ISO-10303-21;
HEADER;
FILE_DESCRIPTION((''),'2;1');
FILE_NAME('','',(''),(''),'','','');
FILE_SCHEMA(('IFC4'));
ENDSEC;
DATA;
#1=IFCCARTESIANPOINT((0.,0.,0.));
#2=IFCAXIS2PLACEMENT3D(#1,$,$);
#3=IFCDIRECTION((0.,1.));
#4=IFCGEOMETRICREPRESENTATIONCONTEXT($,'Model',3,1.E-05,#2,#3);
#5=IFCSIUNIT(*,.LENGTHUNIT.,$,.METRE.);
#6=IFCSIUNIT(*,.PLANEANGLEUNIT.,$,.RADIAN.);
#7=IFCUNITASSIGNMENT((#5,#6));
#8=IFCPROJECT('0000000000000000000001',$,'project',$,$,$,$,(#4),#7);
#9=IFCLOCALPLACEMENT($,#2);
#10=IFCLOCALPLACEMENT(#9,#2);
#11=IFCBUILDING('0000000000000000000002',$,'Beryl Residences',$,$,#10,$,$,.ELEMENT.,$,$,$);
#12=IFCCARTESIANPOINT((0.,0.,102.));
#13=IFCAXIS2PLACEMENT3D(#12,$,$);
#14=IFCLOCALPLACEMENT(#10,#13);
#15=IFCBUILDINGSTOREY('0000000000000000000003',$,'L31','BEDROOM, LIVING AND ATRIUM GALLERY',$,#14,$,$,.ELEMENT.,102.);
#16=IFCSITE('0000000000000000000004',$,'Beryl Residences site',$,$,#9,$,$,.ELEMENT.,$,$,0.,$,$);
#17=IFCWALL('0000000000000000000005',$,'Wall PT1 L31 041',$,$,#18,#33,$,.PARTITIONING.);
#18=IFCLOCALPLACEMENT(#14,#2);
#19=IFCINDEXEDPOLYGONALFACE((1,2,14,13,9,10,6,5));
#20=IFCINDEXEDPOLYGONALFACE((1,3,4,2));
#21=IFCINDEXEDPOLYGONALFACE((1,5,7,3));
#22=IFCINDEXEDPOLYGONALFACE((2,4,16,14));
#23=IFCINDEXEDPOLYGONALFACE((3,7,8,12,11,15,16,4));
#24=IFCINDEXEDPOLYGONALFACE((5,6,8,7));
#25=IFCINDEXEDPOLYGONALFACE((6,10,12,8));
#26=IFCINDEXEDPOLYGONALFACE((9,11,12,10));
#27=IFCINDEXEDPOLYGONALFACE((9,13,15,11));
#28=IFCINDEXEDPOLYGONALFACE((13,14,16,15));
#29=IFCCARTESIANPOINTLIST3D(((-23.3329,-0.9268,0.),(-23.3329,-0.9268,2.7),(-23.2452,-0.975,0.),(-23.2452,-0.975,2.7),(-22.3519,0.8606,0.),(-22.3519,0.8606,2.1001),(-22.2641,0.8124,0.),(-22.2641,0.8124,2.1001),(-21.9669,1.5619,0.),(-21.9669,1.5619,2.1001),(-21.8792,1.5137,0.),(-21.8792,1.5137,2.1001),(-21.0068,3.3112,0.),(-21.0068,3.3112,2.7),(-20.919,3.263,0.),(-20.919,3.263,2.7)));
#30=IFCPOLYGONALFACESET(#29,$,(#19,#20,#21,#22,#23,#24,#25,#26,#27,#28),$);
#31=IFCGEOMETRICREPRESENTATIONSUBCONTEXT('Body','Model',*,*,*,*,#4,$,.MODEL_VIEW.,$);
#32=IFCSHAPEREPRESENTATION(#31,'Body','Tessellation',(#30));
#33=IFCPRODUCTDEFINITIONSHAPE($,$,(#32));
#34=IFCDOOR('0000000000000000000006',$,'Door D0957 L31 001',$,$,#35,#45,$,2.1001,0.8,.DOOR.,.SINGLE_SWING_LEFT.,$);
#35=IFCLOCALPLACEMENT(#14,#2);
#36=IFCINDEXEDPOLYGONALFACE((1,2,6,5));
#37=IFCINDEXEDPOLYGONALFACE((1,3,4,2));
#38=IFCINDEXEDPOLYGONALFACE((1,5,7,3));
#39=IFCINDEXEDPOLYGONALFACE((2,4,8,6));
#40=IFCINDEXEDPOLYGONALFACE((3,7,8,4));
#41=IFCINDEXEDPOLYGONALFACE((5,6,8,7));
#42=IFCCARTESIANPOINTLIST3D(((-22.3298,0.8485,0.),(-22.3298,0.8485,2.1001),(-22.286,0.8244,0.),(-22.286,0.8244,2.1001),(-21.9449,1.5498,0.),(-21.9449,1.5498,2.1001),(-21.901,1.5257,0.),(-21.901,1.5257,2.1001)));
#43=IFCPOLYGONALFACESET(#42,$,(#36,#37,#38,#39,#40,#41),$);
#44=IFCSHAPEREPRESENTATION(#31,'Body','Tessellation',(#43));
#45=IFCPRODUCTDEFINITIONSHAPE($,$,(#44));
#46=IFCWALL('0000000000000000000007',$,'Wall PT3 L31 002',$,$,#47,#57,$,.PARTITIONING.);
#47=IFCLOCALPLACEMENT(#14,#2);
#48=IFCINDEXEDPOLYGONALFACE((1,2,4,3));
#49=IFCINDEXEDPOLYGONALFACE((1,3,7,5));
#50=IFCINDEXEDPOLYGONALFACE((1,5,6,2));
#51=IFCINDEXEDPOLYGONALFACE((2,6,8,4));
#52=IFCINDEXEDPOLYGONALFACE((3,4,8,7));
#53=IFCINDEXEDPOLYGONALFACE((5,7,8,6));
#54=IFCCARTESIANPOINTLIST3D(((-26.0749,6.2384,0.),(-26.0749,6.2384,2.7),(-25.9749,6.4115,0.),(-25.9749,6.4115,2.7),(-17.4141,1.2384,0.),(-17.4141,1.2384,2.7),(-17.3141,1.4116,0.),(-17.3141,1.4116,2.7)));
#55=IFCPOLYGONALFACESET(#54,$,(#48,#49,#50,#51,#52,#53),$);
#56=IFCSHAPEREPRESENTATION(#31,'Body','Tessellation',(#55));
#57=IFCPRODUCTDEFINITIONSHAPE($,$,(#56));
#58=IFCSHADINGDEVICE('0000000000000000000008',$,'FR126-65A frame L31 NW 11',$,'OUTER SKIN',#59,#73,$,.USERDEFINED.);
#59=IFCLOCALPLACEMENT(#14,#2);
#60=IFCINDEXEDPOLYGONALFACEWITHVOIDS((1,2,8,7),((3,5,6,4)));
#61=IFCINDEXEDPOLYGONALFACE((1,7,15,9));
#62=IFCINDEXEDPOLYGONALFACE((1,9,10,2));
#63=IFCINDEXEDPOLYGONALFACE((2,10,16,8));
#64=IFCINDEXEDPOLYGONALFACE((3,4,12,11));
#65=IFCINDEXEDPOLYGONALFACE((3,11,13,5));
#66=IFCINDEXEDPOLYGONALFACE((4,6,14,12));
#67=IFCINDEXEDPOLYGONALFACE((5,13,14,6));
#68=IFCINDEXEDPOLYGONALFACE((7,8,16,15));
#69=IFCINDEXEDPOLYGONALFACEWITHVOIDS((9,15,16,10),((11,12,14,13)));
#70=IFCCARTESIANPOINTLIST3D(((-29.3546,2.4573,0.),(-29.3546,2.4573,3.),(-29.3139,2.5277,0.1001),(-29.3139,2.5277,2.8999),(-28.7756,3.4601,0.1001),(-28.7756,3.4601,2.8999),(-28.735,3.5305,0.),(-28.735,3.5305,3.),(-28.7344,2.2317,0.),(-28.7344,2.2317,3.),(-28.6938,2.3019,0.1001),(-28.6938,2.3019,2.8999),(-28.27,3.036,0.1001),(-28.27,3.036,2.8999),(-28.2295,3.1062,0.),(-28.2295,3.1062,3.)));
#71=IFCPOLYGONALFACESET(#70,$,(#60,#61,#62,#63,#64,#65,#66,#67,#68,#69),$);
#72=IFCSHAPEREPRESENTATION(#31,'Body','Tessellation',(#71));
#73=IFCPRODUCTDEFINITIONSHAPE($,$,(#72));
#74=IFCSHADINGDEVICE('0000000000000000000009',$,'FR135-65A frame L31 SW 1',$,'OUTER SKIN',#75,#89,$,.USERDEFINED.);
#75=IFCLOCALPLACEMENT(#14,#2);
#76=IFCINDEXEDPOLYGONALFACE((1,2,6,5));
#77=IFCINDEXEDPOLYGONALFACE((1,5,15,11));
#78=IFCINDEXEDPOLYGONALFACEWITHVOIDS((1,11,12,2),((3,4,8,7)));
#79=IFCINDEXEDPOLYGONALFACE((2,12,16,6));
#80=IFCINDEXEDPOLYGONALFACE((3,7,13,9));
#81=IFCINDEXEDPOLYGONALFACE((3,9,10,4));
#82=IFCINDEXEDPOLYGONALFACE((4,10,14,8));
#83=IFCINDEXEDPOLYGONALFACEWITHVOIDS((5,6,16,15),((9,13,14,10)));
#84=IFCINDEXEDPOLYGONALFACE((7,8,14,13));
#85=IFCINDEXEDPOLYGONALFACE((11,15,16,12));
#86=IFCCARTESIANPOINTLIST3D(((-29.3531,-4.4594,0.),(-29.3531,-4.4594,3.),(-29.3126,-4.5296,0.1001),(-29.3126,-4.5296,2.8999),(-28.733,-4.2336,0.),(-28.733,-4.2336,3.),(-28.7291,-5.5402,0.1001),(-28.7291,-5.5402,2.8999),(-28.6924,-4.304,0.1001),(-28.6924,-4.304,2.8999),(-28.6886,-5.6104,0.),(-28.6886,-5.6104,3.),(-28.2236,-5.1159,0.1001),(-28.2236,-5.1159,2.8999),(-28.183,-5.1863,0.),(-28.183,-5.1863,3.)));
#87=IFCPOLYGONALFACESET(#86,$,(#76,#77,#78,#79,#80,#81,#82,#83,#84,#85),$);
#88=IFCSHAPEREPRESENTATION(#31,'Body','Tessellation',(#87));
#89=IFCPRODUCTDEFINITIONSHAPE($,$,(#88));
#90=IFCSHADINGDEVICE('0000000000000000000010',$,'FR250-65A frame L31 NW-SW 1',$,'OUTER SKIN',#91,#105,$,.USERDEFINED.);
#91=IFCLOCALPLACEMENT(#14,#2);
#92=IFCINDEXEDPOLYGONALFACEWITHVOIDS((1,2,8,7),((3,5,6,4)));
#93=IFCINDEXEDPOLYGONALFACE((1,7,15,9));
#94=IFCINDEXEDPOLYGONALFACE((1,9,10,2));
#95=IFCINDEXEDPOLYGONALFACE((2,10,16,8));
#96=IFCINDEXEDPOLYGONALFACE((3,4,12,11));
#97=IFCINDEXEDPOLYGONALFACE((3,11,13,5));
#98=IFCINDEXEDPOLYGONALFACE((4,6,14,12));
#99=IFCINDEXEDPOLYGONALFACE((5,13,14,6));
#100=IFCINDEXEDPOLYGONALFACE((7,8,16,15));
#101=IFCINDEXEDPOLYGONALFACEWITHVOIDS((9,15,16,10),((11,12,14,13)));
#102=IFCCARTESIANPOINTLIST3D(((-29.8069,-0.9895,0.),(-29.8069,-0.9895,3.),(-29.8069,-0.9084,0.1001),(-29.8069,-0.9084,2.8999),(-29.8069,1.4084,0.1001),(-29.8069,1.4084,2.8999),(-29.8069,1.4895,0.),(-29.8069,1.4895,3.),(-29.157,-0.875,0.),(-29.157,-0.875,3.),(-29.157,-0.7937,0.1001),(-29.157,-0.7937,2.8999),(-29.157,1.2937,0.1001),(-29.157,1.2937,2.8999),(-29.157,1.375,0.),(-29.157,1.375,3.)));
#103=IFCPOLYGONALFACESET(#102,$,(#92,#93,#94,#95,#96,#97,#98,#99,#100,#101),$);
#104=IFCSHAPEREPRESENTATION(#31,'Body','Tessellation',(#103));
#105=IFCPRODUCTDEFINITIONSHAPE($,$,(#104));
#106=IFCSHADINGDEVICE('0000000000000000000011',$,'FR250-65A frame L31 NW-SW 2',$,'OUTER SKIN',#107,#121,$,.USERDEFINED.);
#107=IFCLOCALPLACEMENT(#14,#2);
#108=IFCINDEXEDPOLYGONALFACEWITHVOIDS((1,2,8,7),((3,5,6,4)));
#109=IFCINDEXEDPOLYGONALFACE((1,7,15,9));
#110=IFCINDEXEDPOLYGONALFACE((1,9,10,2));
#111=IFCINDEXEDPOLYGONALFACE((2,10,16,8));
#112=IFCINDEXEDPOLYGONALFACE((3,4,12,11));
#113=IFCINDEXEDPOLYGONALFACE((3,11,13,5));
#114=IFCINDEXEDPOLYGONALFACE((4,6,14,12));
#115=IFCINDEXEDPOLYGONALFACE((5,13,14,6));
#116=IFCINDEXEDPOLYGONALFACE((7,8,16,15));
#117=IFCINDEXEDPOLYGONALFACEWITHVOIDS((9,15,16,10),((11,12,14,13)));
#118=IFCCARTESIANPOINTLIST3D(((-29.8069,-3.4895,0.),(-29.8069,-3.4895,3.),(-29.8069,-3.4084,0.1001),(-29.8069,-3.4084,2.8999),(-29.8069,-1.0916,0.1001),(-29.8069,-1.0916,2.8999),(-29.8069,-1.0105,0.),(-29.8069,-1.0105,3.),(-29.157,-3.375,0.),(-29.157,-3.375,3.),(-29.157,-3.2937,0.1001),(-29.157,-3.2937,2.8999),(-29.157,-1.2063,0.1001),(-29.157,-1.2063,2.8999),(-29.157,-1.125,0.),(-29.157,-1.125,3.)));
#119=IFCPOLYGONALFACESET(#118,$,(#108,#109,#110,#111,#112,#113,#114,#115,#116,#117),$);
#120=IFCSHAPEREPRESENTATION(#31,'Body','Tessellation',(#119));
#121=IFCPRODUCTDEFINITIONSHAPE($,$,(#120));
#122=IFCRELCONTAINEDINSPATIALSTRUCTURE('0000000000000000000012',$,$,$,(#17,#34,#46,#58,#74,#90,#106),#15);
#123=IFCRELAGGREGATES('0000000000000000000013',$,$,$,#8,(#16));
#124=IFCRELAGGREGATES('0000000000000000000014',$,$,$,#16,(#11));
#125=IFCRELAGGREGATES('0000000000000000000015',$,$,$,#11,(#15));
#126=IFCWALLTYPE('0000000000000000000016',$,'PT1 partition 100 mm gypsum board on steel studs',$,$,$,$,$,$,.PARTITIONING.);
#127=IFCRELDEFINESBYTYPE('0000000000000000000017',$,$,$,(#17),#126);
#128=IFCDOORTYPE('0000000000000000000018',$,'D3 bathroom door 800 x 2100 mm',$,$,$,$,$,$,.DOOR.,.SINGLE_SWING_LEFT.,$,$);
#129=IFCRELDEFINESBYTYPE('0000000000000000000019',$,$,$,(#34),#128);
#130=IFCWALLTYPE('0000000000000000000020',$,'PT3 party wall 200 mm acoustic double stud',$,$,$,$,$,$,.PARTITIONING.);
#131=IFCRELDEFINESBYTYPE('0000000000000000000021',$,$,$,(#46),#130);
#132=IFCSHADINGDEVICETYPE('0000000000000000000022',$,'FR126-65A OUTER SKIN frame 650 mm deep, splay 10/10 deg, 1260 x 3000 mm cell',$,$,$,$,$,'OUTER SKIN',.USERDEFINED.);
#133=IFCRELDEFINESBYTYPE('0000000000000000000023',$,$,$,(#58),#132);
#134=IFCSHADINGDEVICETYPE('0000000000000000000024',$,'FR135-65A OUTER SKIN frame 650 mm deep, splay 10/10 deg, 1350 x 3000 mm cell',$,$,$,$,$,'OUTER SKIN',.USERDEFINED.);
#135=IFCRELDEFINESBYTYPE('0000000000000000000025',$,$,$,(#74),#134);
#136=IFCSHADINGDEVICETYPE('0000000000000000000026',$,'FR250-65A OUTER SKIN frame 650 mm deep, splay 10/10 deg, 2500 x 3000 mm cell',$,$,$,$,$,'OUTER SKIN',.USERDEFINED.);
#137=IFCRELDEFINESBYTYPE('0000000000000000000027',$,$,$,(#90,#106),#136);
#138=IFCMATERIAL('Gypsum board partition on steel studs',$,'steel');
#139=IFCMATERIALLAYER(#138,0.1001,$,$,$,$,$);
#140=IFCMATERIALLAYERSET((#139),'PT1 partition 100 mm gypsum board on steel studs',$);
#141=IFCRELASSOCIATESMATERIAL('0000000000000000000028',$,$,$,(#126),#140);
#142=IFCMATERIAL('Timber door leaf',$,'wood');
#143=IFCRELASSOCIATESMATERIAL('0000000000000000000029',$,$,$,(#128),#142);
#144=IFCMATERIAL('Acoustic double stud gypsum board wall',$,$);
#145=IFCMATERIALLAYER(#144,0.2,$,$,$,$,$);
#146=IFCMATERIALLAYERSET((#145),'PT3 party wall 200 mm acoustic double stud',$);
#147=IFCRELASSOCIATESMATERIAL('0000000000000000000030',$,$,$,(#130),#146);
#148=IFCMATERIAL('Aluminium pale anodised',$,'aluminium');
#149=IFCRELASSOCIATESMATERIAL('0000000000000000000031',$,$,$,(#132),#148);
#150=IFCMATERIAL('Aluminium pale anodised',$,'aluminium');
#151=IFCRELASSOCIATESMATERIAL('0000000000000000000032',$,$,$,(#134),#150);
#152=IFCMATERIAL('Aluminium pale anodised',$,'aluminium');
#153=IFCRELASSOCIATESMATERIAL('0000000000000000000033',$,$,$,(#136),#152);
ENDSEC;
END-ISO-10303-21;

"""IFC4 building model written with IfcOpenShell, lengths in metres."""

from ifc_helpers import new_model, entity, si_unit, direction, frame, frame_2d, origin, place, context, subcontext, project, spatial, rectangle, extrude, source, transform, mapped, material, layer, layer_set, type_object, type_shapes, element, fill, save


model = new_model("IFC4")

# Units and contexts
model_context = context("Model", 3, precision=1e-05, world=origin(), true_north=direction((0.0, 1.0)))
body_context = subcontext(model_context, "Body", "Model", "MODEL_VIEW")
ifc_project = project(units=[si_unit("LENGTHUNIT", "METRE"), si_unit("PLANEANGLEUNIT", "RADIAN")], contexts=[model_context])

# Site, building, storey
site_placement = place(None, origin())
site = spatial("IfcSite", under=ifc_project, at=site_placement, Name="Beryl Residences site", CompositionType="ELEMENT", RefElevation=0.0)
building_placement = place(site_placement, origin())
building = spatial("IfcBuilding", under=site, at=building_placement, Name="Beryl Residences", CompositionType="ELEMENT")
storey_placement = place(building_placement, frame((0.0, 0.0, 102.0)))
storey = spatial("IfcBuildingStorey", under=building, at=storey_placement, Name="L31", Description="BEDROOM, LIVING AND ATRIUM GALLERY", CompositionType="ELEMENT", Elevation=102.0)

# Shared definitions
ifc_material_1 = material(Name="Gypsum board partition on steel studs", Category="steel")
ifc_layer_1 = layer(ifc_material_1, 0.1001)
ifc_layer_set_1 = layer_set([ifc_layer_1], Name="PT1 partition 100 mm gypsum board on steel studs")
wall_type_1 = type_object("IfcWallType", Name="PT1 partition 100 mm gypsum board on steel studs", PredefinedType="PARTITIONING", material=ifc_layer_set_1)

# Wall, opening, door
wall_1_placement = place(storey_placement, frame((-23.2891, -0.9509, 0.0), z_axis=(0.0, 0.0, 1.0), x_axis=(0.481164, 0.87663, 0.0)))
wall_1 = element("IfcWall", 1, at=wall_1_placement, inside=storey, type_object=wall_type_1, Name="Wall PT1 L31 041", PredefinedType="PARTITIONING", context=body_context, shape_type="SweptSolid", body=[
    extrude(rectangle(XDim=4.8345, YDim=0.1001, at=frame_2d((2.4172, 0.0))), origin(), (0.0, 0.0, 1.0), 2.7),
])
opening_1_placement = place(wall_1_placement, frame((2.0391, 0.0, 0.0)))
opening_1 = element("IfcOpeningElement", 2, at=opening_1_placement, cuts=wall_1, PredefinedType="OPENING", context=body_context, shape_type="SweptSolid", body=[
    extrude(rectangle(XDim=0.8, YDim=2.1001, at=frame_2d((0.3999, 1.05))), frame((0.0, 0.0601, 0.0), z_axis=(0.0, -1.0, 0.0), x_axis=(1.0, 0.0, 0.0)), (0.0, 0.0, 1.0), 0.1201),
])
ifc_material_2 = material(Name="Timber door leaf", Category="wood")
door_type_1 = type_object("IfcDoorType", Name="D3 bathroom door 800 x 2100 mm", OperationType="SINGLE_SWING_LEFT", PredefinedType="DOOR", material=ifc_material_2)
door_1_placement = place(opening_1_placement, origin())
door_1 = element("IfcDoor", 3, at=door_1_placement, inside=storey, type_object=door_type_1, Name="Door D0957 L31 001", OperationType="SINGLE_SWING_LEFT", OverallHeight=2.1001, OverallWidth=0.8, PredefinedType="DOOR", context=body_context, shape_type="SweptSolid", body=[
    extrude(rectangle(XDim=0.8, YDim=2.1001, at=frame_2d((0.3999, 1.05))), frame((0.0, 0.0249, 0.0), z_axis=(0.0, -1.0, 0.0), x_axis=(1.0, 0.0, 0.0)), (0.0, 0.0, 1.0), 0.05),
])
fill(opening_1, door_1)

# Wall
ifc_material_3 = material(Name="Acoustic double stud gypsum board wall")
ifc_layer_2 = layer(ifc_material_3, 0.2)
ifc_layer_set_2 = layer_set([ifc_layer_2], Name="PT3 party wall 200 mm acoustic double stud")
wall_type_2 = type_object("IfcWallType", Name="PT3 party wall 200 mm acoustic double stud", PredefinedType="PARTITIONING", material=ifc_layer_set_2)
wall_2_placement = place(storey_placement, frame((-26.0249, 6.325, 0.0), z_axis=(0.0, 0.0, 1.0), x_axis=(0.866041, -0.499973, 0.0)))
element("IfcWall", 4, at=wall_2_placement, inside=storey, type_object=wall_type_2, Name="Wall PT3 L31 002", PredefinedType="PARTITIONING", context=body_context, shape_type="SweptSolid", body=[
    extrude(rectangle(XDim=10.0005, YDim=0.2, at=frame_2d((5.0002, 0.0))), origin(), (0.0, 0.0, 1.0), 2.7),
])

# Shading devices
ifc_material_4 = material(Name="Aluminium pale anodised", Category="aluminium")
shading_device_type_1 = type_object("IfcShadingDeviceType", Name="FR126-65A OUTER SKIN frame 650 mm deep, splay 10/10 deg, 1260 x 3000 mm cell", ElementType="OUTER SKIN", PredefinedType="USERDEFINED", material=ifc_material_4)
cartesian_point_1 = entity("IfcCartesianPoint", [-0.5049, 0.0])
cartesian_point_2 = entity("IfcCartesianPoint", [-0.4238, 0.1001])
cartesian_point_3 = entity("IfcCartesianPoint", [-0.6196, 0.0])
cartesian_point_4 = entity("IfcCartesianPoint", [-0.5383, 0.1001])
shared_shape_1 = source(origin(), body_context, "Body", "SweptSolid", [
    entity("IfcExtrudedAreaSolidTapered", entity("IfcArbitraryProfileDefWithVoids", "AREA", None, entity("IfcPolyline", [cartesian_point_1, entity("IfcCartesianPoint", [0.5049, 0.0]), entity("IfcCartesianPoint", [0.5049, 3.0]), entity("IfcCartesianPoint", [-0.5049, 3.0]), cartesian_point_1]), [entity("IfcPolyline", [cartesian_point_2, entity("IfcCartesianPoint", [0.4238, 0.1001]), entity("IfcCartesianPoint", [0.4238, 2.8999]), entity("IfcCartesianPoint", [-0.4238, 2.8999]), cartesian_point_2])]), entity("IfcAxis2Placement3D", entity("IfcCartesianPoint", [0.0, 0.0, 0.0]), entity("IfcDirection", [0.0, 1.0, 0.0]), entity("IfcDirection", [-1.0, 0.0, 0.0])), entity("IfcDirection", [0.0, 0.0, 1.0]), 0.6499, entity("IfcArbitraryProfileDefWithVoids", "AREA", None, entity("IfcPolyline", [cartesian_point_3, entity("IfcCartesianPoint", [0.6196, 0.0]), entity("IfcCartesianPoint", [0.6196, 3.0]), entity("IfcCartesianPoint", [-0.6196, 3.0]), cartesian_point_3]), [entity("IfcPolyline", [cartesian_point_4, entity("IfcCartesianPoint", [0.5383, 0.1001]), entity("IfcCartesianPoint", [0.5383, 2.8999]), entity("IfcCartesianPoint", [-0.5383, 2.8999]), cartesian_point_4])])),
])
type_shapes(shading_device_type_1, [shared_shape_1])
shading_device_1_placement = place(storey_placement, frame((-28.4819, 2.6689, 0.0), z_axis=(0.0, 0.0, 1.0), x_axis=(0.5, 0.866025, 0.0)))
element("IfcShadingDevice", 5, at=shading_device_1_placement, inside=storey, type_object=shading_device_type_1, Name="FR126-65A frame L31 NW 11", ObjectType="OUTER SKIN", PredefinedType="USERDEFINED", context=body_context, shape_type="MappedRepresentation", body=[
    mapped(shared_shape_1, transform((0.0, 0.0, 0.0))),
])
ifc_material_5 = material(Name="Aluminium pale anodised", Category="aluminium")
shading_device_type_2 = type_object("IfcShadingDeviceType", Name="FR135-65A OUTER SKIN frame 650 mm deep, splay 10/10 deg, 1350 x 3000 mm cell", ElementType="OUTER SKIN", PredefinedType="USERDEFINED", material=ifc_material_5)
cartesian_point_5 = entity("IfcCartesianPoint", [-0.55, 0.0])
cartesian_point_6 = entity("IfcCartesianPoint", [-0.4688, 0.1001])
cartesian_point_7 = entity("IfcCartesianPoint", [-0.6646, 0.0])
cartesian_point_8 = entity("IfcCartesianPoint", [-0.5835, 0.1001])
shared_shape_2 = source(origin(), body_context, "Body", "SweptSolid", [
    entity("IfcExtrudedAreaSolidTapered", entity("IfcArbitraryProfileDefWithVoids", "AREA", None, entity("IfcPolyline", [cartesian_point_5, entity("IfcCartesianPoint", [0.55, 0.0]), entity("IfcCartesianPoint", [0.55, 3.0]), entity("IfcCartesianPoint", [-0.55, 3.0]), cartesian_point_5]), [entity("IfcPolyline", [cartesian_point_6, entity("IfcCartesianPoint", [0.4688, 0.1001]), entity("IfcCartesianPoint", [0.4688, 2.8999]), entity("IfcCartesianPoint", [-0.4688, 2.8999]), cartesian_point_6])]), entity("IfcAxis2Placement3D", entity("IfcCartesianPoint", [0.0, 0.0, 0.0]), entity("IfcDirection", [0.0, 1.0, 0.0]), entity("IfcDirection", [-1.0, 0.0, 0.0])), entity("IfcDirection", [0.0, 0.0, 1.0]), 0.6499, entity("IfcArbitraryProfileDefWithVoids", "AREA", None, entity("IfcPolyline", [cartesian_point_7, entity("IfcCartesianPoint", [0.6646, 0.0]), entity("IfcCartesianPoint", [0.6646, 3.0]), entity("IfcCartesianPoint", [-0.6646, 3.0]), cartesian_point_7]), [entity("IfcPolyline", [cartesian_point_8, entity("IfcCartesianPoint", [0.5835, 0.1001]), entity("IfcCartesianPoint", [0.5835, 2.8999]), entity("IfcCartesianPoint", [-0.5835, 2.8999]), cartesian_point_8])])),
])
type_shapes(shading_device_type_2, [shared_shape_2])
shading_device_2_placement = place(storey_placement, frame((-28.458, -4.71, 0.0), z_axis=(0.0, 0.0, 1.0), x_axis=(-0.5, 0.866025, 0.0)))
element("IfcShadingDevice", 6, at=shading_device_2_placement, inside=storey, type_object=shading_device_type_2, Name="FR135-65A frame L31 SW 1", ObjectType="OUTER SKIN", PredefinedType="USERDEFINED", context=body_context, shape_type="MappedRepresentation", body=[
    mapped(shared_shape_2, transform((0.0, 0.0, 0.0))),
])
ifc_material_6 = material(Name="Aluminium pale anodised", Category="aluminium")
shading_device_type_3 = type_object("IfcShadingDeviceType", Name="FR250-65A OUTER SKIN frame 650 mm deep, splay 10/10 deg, 2500 x 3000 mm cell", ElementType="OUTER SKIN", PredefinedType="USERDEFINED", material=ifc_material_6)
cartesian_point_9 = entity("IfcCartesianPoint", [-1.125, 0.0])
cartesian_point_10 = entity("IfcCartesianPoint", [-1.0437, 0.1001])
cartesian_point_11 = entity("IfcCartesianPoint", [-1.2395, 0.0])
cartesian_point_12 = entity("IfcCartesianPoint", [-1.1584, 0.1001])
shared_shape_3 = source(origin(), body_context, "Body", "SweptSolid", [
    entity("IfcExtrudedAreaSolidTapered", entity("IfcArbitraryProfileDefWithVoids", "AREA", None, entity("IfcPolyline", [cartesian_point_9, entity("IfcCartesianPoint", [1.125, 0.0]), entity("IfcCartesianPoint", [1.125, 3.0]), entity("IfcCartesianPoint", [-1.125, 3.0]), cartesian_point_9]), [entity("IfcPolyline", [cartesian_point_10, entity("IfcCartesianPoint", [1.0437, 0.1001]), entity("IfcCartesianPoint", [1.0437, 2.8999]), entity("IfcCartesianPoint", [-1.0437, 2.8999]), cartesian_point_10])]), entity("IfcAxis2Placement3D", entity("IfcCartesianPoint", [0.0, 0.0, 0.0]), entity("IfcDirection", [0.0, 1.0, 0.0]), entity("IfcDirection", [-1.0, 0.0, 0.0])), entity("IfcDirection", [0.0, 0.0, 1.0]), 0.6499, entity("IfcArbitraryProfileDefWithVoids", "AREA", None, entity("IfcPolyline", [cartesian_point_11, entity("IfcCartesianPoint", [1.2395, 0.0]), entity("IfcCartesianPoint", [1.2395, 3.0]), entity("IfcCartesianPoint", [-1.2395, 3.0]), cartesian_point_11]), [entity("IfcPolyline", [cartesian_point_12, entity("IfcCartesianPoint", [1.1584, 0.1001]), entity("IfcCartesianPoint", [1.1584, 2.8999]), entity("IfcCartesianPoint", [-1.1584, 2.8999]), cartesian_point_12])])),
])
type_shapes(shading_device_type_3, [shared_shape_3])
for number, where, z_axis, x_axis, name in (
    (7, (-29.157, 0.25, 0.0), (0.0, 0.0, 1.0), (0.0, 1.0, 0.0), "FR250-65A frame L31 NW-SW 1"),
    (8, (-29.157, -2.25, 0.0), (0.0, 0.0, 1.0), (0.0, 1.0, 0.0), "FR250-65A frame L31 NW-SW 2"),
):
    element("IfcShadingDevice", number, at=place(storey_placement, frame(where, z_axis=z_axis, x_axis=x_axis)), inside=storey, type_object=shading_device_type_3, Name=name, ObjectType="OUTER SKIN", PredefinedType="USERDEFINED", context=body_context, shape_type="MappedRepresentation", body=[
        mapped(shared_shape_3, transform((0.0, 0.0, 0.0))),
    ])

save(model, "model.ifc")
